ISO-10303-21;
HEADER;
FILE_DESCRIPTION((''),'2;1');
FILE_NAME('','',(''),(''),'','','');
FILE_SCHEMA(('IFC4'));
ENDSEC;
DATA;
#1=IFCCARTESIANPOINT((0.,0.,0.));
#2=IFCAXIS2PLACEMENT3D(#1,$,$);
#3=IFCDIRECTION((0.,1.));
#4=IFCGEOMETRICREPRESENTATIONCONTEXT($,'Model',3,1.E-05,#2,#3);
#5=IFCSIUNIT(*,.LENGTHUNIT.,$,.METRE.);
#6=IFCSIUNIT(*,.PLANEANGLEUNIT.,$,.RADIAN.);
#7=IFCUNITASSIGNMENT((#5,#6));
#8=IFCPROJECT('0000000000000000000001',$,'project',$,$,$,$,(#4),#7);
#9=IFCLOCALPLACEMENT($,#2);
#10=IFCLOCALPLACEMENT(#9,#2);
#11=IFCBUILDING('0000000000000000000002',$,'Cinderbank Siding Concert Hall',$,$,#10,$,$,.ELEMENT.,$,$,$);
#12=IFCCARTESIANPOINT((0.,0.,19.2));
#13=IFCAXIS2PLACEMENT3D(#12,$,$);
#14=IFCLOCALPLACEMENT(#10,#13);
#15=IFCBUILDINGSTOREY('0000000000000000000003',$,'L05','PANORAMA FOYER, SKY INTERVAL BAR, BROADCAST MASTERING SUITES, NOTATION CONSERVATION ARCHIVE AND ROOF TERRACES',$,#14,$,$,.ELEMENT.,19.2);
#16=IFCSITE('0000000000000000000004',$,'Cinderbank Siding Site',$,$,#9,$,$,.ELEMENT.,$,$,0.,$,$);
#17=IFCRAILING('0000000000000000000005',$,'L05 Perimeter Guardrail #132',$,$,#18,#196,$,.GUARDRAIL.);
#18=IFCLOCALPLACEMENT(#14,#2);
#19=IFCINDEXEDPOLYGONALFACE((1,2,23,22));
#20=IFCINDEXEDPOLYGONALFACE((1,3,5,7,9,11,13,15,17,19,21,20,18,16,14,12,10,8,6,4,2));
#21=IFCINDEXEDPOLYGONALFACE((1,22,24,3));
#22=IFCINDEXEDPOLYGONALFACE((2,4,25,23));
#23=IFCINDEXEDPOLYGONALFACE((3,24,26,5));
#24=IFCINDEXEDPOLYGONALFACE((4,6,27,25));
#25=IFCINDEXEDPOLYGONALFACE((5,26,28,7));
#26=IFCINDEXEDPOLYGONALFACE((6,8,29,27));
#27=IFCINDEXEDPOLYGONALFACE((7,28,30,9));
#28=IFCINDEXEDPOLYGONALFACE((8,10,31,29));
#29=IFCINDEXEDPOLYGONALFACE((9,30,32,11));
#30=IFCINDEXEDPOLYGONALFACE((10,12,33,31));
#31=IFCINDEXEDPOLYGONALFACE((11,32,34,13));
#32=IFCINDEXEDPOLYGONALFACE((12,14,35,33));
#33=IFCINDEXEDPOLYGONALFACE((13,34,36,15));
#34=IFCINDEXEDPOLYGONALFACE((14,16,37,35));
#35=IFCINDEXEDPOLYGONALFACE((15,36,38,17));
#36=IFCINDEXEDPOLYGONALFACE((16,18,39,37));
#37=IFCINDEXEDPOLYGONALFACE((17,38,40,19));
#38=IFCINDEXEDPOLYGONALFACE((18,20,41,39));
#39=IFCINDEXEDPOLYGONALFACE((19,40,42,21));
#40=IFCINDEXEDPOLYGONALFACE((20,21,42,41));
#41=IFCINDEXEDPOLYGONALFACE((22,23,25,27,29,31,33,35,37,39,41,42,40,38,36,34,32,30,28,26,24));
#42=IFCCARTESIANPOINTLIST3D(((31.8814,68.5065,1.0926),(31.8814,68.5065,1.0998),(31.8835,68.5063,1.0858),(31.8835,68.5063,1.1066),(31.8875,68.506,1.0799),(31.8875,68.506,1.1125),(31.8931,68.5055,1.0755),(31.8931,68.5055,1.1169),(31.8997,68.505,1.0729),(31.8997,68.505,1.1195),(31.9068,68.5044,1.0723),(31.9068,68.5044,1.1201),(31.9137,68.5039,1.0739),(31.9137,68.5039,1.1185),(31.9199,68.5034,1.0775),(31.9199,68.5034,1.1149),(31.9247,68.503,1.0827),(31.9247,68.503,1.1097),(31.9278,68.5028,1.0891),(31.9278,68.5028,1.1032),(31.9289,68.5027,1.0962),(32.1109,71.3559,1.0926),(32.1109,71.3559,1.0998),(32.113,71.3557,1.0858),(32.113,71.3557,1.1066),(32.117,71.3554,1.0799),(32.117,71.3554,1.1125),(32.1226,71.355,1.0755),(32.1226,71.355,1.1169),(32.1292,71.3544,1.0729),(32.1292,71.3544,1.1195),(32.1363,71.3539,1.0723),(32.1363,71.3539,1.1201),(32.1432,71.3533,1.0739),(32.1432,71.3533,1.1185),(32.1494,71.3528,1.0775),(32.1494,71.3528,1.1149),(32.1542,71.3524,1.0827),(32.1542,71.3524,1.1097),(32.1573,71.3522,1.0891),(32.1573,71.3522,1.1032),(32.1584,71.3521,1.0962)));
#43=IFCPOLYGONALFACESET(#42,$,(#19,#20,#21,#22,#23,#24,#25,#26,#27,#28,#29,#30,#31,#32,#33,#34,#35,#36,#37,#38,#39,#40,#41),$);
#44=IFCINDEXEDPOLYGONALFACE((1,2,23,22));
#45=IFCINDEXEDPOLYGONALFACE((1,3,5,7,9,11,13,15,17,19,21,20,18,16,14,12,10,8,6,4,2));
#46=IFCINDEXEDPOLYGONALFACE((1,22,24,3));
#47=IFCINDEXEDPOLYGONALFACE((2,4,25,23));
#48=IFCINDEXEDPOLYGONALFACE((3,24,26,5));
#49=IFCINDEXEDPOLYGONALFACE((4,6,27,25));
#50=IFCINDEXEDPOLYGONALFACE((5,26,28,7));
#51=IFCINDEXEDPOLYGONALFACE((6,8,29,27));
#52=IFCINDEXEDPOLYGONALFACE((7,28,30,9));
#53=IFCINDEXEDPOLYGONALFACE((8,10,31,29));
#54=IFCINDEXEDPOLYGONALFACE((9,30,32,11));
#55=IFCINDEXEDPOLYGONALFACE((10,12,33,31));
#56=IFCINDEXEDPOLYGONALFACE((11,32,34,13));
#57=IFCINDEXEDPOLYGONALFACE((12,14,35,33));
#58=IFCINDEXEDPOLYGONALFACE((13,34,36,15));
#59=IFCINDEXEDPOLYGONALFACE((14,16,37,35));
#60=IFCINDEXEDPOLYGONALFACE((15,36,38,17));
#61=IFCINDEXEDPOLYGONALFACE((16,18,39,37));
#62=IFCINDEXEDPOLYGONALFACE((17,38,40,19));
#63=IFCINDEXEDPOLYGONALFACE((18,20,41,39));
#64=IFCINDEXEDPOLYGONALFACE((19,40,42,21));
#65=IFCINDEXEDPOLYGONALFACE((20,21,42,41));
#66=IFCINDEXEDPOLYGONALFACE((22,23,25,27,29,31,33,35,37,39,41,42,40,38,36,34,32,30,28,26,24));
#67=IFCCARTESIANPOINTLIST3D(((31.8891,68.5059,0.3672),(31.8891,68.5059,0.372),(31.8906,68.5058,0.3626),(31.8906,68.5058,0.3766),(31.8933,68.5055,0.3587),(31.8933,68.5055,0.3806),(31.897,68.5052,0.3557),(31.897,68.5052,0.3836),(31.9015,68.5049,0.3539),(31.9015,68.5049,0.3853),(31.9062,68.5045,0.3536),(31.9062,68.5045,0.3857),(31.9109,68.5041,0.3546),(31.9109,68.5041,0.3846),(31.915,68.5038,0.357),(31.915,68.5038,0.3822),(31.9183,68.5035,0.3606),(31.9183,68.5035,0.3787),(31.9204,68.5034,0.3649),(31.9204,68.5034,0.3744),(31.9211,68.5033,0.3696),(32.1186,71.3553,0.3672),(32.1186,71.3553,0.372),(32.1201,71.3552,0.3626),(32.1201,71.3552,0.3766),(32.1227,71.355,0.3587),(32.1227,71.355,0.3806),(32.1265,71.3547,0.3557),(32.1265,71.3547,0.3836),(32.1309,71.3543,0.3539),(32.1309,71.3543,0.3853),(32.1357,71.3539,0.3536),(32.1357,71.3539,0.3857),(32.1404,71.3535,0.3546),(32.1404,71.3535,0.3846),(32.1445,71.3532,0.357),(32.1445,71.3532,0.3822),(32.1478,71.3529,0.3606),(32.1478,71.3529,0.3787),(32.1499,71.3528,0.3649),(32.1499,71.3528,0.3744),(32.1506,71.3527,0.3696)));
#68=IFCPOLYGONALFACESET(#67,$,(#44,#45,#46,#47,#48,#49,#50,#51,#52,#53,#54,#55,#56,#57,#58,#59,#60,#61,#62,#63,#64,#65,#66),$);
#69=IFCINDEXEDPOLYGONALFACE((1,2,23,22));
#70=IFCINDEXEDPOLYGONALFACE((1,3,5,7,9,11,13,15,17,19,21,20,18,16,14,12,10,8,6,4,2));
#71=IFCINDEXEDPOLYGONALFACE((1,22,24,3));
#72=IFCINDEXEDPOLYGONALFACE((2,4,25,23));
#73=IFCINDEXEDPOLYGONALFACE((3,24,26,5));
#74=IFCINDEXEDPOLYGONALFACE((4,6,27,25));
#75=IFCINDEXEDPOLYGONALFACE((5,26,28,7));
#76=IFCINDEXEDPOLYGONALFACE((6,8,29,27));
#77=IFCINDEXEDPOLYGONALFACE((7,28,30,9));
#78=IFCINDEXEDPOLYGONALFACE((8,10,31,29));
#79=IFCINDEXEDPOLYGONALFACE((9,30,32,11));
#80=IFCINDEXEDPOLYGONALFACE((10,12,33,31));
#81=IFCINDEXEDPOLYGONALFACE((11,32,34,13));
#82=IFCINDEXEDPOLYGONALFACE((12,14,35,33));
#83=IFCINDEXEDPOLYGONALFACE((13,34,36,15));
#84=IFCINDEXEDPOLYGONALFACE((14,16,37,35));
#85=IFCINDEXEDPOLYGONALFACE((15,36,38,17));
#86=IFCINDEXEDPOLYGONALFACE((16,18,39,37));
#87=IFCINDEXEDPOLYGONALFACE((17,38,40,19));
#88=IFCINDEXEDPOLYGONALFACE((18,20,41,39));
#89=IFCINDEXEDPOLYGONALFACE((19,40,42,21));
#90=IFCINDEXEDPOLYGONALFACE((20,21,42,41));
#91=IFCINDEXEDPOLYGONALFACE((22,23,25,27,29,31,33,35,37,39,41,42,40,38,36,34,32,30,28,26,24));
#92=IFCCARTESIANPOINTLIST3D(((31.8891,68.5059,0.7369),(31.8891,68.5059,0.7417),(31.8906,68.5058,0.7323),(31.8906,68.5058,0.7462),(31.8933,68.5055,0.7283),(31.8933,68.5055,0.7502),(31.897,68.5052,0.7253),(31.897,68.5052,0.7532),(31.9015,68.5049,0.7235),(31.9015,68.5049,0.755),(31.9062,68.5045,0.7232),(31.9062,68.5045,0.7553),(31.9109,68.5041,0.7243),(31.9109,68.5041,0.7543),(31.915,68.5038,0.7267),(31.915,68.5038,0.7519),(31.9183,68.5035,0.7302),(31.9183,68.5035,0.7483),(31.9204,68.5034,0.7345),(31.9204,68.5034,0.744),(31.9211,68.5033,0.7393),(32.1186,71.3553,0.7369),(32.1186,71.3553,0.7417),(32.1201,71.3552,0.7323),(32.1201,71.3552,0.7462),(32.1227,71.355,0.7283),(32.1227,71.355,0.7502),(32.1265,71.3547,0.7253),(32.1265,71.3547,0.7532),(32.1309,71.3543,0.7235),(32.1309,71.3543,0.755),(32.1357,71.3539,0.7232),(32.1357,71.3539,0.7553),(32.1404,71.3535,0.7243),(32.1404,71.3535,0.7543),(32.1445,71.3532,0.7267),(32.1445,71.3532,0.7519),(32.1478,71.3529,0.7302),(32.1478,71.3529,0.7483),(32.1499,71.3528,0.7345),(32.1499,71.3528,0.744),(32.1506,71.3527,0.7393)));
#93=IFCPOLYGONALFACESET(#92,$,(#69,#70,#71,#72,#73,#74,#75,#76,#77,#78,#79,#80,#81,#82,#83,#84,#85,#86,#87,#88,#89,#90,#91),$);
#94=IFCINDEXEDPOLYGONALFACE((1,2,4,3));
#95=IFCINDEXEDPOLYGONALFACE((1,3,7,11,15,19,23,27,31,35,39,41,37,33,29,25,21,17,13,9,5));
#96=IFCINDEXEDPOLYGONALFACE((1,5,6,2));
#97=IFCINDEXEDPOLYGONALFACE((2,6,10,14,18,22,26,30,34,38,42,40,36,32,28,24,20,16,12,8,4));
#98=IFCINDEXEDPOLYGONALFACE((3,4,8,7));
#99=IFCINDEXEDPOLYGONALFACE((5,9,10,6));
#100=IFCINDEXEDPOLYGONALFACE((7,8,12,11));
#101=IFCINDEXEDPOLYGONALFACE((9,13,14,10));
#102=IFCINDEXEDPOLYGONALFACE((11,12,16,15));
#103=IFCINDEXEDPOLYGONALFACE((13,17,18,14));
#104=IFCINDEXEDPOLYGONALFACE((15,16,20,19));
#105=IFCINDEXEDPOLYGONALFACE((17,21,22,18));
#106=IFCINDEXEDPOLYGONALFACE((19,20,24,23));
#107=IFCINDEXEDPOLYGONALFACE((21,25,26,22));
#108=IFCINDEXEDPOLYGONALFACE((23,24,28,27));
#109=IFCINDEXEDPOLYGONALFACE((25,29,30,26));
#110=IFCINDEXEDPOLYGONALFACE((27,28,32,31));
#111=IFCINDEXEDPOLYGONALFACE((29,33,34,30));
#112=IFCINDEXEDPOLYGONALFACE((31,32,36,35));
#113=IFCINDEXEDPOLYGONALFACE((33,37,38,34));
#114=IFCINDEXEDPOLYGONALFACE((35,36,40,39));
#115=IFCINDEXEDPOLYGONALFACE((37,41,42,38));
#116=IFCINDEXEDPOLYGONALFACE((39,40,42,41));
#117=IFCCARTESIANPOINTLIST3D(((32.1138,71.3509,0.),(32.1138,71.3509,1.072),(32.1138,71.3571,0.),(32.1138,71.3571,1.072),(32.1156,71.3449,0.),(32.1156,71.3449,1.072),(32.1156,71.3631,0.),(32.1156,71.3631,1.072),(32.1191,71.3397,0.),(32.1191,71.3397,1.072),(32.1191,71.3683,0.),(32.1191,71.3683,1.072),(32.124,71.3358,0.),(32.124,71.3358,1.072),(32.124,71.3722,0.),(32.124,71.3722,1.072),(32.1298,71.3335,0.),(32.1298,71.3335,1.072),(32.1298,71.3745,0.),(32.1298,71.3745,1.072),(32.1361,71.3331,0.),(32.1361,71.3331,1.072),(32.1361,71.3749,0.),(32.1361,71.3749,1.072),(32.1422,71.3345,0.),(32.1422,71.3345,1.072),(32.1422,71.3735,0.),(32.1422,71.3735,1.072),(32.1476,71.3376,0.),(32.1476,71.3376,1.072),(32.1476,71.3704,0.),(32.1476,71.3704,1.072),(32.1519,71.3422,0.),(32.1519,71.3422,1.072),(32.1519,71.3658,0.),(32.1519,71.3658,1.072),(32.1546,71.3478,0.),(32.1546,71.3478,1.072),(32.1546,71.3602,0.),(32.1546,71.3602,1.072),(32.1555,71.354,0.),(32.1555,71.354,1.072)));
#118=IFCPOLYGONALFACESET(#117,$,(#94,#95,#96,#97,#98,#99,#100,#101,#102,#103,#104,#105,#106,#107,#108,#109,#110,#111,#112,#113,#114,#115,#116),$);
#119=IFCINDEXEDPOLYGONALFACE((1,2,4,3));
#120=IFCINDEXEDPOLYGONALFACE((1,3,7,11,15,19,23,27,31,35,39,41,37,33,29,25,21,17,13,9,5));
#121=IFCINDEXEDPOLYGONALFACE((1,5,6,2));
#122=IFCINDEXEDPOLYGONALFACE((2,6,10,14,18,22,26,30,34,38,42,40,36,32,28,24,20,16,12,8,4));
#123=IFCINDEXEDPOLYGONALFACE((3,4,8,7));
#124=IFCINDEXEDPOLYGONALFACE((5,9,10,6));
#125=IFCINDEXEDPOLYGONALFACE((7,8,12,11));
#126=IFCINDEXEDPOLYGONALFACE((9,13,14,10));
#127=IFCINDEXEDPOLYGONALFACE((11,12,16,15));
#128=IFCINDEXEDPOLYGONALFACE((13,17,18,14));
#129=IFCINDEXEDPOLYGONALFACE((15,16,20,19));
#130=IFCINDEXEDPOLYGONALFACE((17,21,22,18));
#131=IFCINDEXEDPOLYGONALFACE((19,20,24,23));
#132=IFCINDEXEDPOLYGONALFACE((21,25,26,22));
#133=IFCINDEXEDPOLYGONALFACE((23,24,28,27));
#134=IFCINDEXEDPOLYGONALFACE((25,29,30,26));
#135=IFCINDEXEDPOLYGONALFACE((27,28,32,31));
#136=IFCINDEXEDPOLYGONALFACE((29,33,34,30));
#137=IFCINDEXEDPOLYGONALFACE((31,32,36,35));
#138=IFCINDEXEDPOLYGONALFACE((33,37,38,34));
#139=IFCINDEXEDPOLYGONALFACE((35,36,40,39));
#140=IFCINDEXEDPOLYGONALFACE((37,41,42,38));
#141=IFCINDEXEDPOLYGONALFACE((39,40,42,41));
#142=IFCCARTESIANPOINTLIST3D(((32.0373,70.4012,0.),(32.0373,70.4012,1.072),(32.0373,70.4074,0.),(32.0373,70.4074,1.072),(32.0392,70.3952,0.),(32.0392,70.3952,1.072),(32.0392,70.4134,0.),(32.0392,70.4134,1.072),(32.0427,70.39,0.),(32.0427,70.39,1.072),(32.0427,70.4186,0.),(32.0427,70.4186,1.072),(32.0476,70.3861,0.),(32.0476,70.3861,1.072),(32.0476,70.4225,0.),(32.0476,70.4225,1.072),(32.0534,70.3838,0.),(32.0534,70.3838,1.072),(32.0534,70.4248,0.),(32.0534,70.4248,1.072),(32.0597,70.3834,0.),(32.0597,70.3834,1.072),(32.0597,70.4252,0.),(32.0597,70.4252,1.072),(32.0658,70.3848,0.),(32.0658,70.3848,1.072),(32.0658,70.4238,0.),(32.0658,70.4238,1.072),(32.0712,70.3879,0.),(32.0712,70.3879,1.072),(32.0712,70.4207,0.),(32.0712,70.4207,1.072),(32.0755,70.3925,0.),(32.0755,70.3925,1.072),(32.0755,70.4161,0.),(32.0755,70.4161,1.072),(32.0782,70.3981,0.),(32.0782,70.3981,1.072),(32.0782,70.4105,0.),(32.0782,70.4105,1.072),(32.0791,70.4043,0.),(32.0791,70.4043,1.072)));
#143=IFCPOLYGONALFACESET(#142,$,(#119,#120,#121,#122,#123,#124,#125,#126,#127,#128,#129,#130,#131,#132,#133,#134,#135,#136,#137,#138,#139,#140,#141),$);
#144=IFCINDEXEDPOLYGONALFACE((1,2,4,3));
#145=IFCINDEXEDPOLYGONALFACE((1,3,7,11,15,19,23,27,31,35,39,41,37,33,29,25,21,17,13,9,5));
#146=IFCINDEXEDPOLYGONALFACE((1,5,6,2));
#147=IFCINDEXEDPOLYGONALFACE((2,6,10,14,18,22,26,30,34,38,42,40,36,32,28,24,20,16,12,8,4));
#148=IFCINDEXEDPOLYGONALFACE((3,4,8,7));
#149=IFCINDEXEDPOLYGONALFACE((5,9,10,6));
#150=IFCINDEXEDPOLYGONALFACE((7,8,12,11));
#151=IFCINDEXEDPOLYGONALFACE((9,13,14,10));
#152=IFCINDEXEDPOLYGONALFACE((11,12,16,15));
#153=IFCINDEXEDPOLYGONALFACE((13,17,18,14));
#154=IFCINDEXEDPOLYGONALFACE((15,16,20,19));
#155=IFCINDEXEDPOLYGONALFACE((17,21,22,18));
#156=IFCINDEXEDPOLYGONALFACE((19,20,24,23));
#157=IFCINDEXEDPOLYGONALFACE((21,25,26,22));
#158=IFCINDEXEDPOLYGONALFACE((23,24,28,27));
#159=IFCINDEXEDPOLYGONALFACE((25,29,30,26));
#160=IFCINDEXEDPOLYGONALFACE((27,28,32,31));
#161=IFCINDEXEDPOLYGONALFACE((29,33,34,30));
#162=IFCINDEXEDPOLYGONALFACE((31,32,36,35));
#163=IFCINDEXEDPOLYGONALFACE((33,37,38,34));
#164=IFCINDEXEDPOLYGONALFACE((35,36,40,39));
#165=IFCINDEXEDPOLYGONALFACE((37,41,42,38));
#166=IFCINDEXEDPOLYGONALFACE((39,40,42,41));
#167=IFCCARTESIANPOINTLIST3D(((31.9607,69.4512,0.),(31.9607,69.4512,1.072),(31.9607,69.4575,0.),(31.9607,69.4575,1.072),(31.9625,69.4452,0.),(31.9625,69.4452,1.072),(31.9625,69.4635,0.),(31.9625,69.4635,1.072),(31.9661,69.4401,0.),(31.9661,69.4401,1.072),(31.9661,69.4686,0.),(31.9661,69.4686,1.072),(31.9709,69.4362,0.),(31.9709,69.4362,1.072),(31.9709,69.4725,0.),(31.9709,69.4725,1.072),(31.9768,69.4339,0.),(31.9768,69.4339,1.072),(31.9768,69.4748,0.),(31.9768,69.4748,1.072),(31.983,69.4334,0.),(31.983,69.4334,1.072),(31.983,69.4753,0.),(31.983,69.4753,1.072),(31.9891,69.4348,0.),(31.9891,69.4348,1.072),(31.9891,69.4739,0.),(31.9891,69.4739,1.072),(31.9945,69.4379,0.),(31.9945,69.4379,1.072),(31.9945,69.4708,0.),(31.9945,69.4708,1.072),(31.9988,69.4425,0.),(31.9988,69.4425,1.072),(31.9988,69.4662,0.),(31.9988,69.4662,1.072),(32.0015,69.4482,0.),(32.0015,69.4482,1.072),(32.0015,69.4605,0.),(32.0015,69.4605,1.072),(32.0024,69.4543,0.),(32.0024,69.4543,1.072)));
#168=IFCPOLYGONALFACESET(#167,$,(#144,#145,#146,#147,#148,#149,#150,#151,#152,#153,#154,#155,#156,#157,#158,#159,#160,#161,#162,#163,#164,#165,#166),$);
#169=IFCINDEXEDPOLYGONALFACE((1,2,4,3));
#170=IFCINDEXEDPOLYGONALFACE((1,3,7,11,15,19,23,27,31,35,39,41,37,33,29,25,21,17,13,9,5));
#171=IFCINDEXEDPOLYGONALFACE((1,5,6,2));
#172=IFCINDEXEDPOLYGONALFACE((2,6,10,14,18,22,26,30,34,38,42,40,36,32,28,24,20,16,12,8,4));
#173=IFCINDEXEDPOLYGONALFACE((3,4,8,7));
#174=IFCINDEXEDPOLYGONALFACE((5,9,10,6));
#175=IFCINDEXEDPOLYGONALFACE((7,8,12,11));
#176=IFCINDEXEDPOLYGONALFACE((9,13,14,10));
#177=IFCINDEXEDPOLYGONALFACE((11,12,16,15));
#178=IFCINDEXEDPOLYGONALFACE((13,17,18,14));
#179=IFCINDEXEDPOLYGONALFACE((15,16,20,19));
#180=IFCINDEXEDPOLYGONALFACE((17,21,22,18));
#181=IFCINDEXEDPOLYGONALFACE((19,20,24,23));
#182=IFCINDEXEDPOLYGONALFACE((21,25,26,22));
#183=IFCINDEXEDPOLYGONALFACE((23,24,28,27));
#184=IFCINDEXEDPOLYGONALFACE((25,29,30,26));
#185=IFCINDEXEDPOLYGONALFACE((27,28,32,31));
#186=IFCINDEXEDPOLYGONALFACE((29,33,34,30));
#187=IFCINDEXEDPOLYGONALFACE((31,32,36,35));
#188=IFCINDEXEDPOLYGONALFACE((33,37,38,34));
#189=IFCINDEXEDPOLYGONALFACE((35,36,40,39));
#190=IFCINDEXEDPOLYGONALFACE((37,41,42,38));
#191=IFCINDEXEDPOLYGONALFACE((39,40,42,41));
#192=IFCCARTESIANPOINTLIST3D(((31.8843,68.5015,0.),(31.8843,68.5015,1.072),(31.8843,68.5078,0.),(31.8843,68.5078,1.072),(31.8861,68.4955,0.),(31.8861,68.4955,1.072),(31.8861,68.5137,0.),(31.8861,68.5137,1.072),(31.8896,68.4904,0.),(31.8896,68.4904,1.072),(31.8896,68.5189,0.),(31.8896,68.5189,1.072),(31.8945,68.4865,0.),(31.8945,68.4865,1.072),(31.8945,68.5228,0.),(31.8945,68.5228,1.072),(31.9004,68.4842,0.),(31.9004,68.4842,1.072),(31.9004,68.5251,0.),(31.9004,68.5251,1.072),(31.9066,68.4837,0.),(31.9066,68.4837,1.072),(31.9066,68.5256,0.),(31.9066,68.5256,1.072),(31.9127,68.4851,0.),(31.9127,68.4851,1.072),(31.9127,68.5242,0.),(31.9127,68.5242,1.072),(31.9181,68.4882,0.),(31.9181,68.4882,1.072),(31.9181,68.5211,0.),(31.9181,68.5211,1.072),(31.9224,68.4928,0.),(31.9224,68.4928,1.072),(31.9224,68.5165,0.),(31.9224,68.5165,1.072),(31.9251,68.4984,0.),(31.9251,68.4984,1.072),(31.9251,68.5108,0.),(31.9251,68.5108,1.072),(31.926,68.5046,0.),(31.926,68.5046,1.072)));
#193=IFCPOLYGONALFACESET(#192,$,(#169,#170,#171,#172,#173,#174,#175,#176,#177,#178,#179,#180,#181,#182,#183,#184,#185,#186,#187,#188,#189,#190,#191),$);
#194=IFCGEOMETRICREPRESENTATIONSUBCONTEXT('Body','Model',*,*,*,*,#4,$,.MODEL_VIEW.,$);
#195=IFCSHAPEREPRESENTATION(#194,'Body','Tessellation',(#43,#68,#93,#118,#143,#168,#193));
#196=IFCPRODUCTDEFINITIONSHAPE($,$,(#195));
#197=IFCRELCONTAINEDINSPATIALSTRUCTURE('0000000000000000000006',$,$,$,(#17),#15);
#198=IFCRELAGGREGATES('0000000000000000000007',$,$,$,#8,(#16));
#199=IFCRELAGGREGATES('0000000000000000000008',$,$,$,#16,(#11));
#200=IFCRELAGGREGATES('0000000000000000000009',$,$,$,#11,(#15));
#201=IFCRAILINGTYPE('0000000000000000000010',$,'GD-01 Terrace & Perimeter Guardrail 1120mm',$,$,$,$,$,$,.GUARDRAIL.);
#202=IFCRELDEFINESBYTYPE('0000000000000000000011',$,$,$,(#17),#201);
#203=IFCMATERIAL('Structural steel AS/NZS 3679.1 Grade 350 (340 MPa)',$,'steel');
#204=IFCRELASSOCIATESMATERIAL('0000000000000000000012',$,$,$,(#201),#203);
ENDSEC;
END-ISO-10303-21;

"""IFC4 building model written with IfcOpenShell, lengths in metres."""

from ifc_helpers import new_model, si_unit, direction, frame, origin, origin_2d, place, context, subcontext, project, spatial, circle, extrude, material, type_object, element, save


model = new_model("IFC4")

# Units and contexts
model_context = context("Model", 3, precision=1e-05, world=origin(), true_north=direction((0.0, 1.0)))
body_context = subcontext(model_context, "Body", "Model", "MODEL_VIEW")
ifc_project = project(units=[si_unit("LENGTHUNIT", "METRE"), si_unit("PLANEANGLEUNIT", "RADIAN")], contexts=[model_context])

# Site, building, storey
site_placement = place(None, origin())
site = spatial("IfcSite", under=ifc_project, at=site_placement, Name="Cinderbank Siding Site", CompositionType="ELEMENT", RefElevation=0.0)
building_placement = place(site_placement, origin())
building = spatial("IfcBuilding", under=site, at=building_placement, Name="Cinderbank Siding Concert Hall", CompositionType="ELEMENT")
storey_placement = place(building_placement, frame((0.0, 0.0, 19.2)))
storey = spatial("IfcBuildingStorey", under=building, at=storey_placement, Name="L05", Description="PANORAMA FOYER, SKY INTERVAL BAR, BROADCAST MASTERING SUITES, NOTATION CONSERVATION ARCHIVE AND ROOF TERRACES", CompositionType="ELEMENT", Elevation=19.2)

# Railing
ifc_material_1 = material(Name="Structural steel AS/NZS 3679.1 Grade 350 (340 MPa)", Category="steel")
railing_type = type_object("IfcRailingType", Name="GD-01 Terrace & Perimeter Guardrail 1120mm", PredefinedType="GUARDRAIL", material=ifc_material_1)
railing_1_placement = place(storey_placement, frame((32.1345, 71.354, 0.0)))
element("IfcRailing", 1, at=railing_1_placement, inside=storey, type_object=railing_type, Name="L05 Perimeter Guardrail #132", PredefinedType="GUARDRAIL", context=body_context, shape_type="SweptSolid", body=[
    extrude(circle(Radius=0.0239, at=origin_2d()), frame((0.0, 0.0, 1.0962), z_axis=(-0.080282, -0.996772, 0.0), x_axis=(0.996772, -0.080282, 0.0)), (0.0, 0.0, 1.0), 2.8586),
    extrude(circle(Radius=0.0161, at=origin_2d()), frame((0.0, 0.0, 0.3696), z_axis=(-0.080282, -0.996772, 0.0), x_axis=(0.996772, -0.080282, 0.0)), (0.0, 0.0, 1.0), 2.8586),
    extrude(circle(Radius=0.0161, at=origin_2d()), frame((0.0, 0.0, 0.7393), z_axis=(-0.080282, -0.996772, 0.0), x_axis=(0.996772, -0.080282, 0.0)), (0.0, 0.0, 1.0), 2.8586),
    extrude(circle(Radius=0.021, at=origin_2d()), origin(), (0.0, 0.0, 1.0), 1.072),
    extrude(circle(Radius=0.021, at=origin_2d()), frame((-0.0764, -0.9497, 0.0)), (0.0, 0.0, 1.0), 1.072),
    extrude(circle(Radius=0.021, at=origin_2d()), frame((-0.1531, -1.8997, 0.0)), (0.0, 0.0, 1.0), 1.072),
    extrude(circle(Radius=0.021, at=origin_2d()), frame((-0.2295, -2.8494, 0.0)), (0.0, 0.0, 1.0), 1.072),
])

save(model, "model.ifc")
